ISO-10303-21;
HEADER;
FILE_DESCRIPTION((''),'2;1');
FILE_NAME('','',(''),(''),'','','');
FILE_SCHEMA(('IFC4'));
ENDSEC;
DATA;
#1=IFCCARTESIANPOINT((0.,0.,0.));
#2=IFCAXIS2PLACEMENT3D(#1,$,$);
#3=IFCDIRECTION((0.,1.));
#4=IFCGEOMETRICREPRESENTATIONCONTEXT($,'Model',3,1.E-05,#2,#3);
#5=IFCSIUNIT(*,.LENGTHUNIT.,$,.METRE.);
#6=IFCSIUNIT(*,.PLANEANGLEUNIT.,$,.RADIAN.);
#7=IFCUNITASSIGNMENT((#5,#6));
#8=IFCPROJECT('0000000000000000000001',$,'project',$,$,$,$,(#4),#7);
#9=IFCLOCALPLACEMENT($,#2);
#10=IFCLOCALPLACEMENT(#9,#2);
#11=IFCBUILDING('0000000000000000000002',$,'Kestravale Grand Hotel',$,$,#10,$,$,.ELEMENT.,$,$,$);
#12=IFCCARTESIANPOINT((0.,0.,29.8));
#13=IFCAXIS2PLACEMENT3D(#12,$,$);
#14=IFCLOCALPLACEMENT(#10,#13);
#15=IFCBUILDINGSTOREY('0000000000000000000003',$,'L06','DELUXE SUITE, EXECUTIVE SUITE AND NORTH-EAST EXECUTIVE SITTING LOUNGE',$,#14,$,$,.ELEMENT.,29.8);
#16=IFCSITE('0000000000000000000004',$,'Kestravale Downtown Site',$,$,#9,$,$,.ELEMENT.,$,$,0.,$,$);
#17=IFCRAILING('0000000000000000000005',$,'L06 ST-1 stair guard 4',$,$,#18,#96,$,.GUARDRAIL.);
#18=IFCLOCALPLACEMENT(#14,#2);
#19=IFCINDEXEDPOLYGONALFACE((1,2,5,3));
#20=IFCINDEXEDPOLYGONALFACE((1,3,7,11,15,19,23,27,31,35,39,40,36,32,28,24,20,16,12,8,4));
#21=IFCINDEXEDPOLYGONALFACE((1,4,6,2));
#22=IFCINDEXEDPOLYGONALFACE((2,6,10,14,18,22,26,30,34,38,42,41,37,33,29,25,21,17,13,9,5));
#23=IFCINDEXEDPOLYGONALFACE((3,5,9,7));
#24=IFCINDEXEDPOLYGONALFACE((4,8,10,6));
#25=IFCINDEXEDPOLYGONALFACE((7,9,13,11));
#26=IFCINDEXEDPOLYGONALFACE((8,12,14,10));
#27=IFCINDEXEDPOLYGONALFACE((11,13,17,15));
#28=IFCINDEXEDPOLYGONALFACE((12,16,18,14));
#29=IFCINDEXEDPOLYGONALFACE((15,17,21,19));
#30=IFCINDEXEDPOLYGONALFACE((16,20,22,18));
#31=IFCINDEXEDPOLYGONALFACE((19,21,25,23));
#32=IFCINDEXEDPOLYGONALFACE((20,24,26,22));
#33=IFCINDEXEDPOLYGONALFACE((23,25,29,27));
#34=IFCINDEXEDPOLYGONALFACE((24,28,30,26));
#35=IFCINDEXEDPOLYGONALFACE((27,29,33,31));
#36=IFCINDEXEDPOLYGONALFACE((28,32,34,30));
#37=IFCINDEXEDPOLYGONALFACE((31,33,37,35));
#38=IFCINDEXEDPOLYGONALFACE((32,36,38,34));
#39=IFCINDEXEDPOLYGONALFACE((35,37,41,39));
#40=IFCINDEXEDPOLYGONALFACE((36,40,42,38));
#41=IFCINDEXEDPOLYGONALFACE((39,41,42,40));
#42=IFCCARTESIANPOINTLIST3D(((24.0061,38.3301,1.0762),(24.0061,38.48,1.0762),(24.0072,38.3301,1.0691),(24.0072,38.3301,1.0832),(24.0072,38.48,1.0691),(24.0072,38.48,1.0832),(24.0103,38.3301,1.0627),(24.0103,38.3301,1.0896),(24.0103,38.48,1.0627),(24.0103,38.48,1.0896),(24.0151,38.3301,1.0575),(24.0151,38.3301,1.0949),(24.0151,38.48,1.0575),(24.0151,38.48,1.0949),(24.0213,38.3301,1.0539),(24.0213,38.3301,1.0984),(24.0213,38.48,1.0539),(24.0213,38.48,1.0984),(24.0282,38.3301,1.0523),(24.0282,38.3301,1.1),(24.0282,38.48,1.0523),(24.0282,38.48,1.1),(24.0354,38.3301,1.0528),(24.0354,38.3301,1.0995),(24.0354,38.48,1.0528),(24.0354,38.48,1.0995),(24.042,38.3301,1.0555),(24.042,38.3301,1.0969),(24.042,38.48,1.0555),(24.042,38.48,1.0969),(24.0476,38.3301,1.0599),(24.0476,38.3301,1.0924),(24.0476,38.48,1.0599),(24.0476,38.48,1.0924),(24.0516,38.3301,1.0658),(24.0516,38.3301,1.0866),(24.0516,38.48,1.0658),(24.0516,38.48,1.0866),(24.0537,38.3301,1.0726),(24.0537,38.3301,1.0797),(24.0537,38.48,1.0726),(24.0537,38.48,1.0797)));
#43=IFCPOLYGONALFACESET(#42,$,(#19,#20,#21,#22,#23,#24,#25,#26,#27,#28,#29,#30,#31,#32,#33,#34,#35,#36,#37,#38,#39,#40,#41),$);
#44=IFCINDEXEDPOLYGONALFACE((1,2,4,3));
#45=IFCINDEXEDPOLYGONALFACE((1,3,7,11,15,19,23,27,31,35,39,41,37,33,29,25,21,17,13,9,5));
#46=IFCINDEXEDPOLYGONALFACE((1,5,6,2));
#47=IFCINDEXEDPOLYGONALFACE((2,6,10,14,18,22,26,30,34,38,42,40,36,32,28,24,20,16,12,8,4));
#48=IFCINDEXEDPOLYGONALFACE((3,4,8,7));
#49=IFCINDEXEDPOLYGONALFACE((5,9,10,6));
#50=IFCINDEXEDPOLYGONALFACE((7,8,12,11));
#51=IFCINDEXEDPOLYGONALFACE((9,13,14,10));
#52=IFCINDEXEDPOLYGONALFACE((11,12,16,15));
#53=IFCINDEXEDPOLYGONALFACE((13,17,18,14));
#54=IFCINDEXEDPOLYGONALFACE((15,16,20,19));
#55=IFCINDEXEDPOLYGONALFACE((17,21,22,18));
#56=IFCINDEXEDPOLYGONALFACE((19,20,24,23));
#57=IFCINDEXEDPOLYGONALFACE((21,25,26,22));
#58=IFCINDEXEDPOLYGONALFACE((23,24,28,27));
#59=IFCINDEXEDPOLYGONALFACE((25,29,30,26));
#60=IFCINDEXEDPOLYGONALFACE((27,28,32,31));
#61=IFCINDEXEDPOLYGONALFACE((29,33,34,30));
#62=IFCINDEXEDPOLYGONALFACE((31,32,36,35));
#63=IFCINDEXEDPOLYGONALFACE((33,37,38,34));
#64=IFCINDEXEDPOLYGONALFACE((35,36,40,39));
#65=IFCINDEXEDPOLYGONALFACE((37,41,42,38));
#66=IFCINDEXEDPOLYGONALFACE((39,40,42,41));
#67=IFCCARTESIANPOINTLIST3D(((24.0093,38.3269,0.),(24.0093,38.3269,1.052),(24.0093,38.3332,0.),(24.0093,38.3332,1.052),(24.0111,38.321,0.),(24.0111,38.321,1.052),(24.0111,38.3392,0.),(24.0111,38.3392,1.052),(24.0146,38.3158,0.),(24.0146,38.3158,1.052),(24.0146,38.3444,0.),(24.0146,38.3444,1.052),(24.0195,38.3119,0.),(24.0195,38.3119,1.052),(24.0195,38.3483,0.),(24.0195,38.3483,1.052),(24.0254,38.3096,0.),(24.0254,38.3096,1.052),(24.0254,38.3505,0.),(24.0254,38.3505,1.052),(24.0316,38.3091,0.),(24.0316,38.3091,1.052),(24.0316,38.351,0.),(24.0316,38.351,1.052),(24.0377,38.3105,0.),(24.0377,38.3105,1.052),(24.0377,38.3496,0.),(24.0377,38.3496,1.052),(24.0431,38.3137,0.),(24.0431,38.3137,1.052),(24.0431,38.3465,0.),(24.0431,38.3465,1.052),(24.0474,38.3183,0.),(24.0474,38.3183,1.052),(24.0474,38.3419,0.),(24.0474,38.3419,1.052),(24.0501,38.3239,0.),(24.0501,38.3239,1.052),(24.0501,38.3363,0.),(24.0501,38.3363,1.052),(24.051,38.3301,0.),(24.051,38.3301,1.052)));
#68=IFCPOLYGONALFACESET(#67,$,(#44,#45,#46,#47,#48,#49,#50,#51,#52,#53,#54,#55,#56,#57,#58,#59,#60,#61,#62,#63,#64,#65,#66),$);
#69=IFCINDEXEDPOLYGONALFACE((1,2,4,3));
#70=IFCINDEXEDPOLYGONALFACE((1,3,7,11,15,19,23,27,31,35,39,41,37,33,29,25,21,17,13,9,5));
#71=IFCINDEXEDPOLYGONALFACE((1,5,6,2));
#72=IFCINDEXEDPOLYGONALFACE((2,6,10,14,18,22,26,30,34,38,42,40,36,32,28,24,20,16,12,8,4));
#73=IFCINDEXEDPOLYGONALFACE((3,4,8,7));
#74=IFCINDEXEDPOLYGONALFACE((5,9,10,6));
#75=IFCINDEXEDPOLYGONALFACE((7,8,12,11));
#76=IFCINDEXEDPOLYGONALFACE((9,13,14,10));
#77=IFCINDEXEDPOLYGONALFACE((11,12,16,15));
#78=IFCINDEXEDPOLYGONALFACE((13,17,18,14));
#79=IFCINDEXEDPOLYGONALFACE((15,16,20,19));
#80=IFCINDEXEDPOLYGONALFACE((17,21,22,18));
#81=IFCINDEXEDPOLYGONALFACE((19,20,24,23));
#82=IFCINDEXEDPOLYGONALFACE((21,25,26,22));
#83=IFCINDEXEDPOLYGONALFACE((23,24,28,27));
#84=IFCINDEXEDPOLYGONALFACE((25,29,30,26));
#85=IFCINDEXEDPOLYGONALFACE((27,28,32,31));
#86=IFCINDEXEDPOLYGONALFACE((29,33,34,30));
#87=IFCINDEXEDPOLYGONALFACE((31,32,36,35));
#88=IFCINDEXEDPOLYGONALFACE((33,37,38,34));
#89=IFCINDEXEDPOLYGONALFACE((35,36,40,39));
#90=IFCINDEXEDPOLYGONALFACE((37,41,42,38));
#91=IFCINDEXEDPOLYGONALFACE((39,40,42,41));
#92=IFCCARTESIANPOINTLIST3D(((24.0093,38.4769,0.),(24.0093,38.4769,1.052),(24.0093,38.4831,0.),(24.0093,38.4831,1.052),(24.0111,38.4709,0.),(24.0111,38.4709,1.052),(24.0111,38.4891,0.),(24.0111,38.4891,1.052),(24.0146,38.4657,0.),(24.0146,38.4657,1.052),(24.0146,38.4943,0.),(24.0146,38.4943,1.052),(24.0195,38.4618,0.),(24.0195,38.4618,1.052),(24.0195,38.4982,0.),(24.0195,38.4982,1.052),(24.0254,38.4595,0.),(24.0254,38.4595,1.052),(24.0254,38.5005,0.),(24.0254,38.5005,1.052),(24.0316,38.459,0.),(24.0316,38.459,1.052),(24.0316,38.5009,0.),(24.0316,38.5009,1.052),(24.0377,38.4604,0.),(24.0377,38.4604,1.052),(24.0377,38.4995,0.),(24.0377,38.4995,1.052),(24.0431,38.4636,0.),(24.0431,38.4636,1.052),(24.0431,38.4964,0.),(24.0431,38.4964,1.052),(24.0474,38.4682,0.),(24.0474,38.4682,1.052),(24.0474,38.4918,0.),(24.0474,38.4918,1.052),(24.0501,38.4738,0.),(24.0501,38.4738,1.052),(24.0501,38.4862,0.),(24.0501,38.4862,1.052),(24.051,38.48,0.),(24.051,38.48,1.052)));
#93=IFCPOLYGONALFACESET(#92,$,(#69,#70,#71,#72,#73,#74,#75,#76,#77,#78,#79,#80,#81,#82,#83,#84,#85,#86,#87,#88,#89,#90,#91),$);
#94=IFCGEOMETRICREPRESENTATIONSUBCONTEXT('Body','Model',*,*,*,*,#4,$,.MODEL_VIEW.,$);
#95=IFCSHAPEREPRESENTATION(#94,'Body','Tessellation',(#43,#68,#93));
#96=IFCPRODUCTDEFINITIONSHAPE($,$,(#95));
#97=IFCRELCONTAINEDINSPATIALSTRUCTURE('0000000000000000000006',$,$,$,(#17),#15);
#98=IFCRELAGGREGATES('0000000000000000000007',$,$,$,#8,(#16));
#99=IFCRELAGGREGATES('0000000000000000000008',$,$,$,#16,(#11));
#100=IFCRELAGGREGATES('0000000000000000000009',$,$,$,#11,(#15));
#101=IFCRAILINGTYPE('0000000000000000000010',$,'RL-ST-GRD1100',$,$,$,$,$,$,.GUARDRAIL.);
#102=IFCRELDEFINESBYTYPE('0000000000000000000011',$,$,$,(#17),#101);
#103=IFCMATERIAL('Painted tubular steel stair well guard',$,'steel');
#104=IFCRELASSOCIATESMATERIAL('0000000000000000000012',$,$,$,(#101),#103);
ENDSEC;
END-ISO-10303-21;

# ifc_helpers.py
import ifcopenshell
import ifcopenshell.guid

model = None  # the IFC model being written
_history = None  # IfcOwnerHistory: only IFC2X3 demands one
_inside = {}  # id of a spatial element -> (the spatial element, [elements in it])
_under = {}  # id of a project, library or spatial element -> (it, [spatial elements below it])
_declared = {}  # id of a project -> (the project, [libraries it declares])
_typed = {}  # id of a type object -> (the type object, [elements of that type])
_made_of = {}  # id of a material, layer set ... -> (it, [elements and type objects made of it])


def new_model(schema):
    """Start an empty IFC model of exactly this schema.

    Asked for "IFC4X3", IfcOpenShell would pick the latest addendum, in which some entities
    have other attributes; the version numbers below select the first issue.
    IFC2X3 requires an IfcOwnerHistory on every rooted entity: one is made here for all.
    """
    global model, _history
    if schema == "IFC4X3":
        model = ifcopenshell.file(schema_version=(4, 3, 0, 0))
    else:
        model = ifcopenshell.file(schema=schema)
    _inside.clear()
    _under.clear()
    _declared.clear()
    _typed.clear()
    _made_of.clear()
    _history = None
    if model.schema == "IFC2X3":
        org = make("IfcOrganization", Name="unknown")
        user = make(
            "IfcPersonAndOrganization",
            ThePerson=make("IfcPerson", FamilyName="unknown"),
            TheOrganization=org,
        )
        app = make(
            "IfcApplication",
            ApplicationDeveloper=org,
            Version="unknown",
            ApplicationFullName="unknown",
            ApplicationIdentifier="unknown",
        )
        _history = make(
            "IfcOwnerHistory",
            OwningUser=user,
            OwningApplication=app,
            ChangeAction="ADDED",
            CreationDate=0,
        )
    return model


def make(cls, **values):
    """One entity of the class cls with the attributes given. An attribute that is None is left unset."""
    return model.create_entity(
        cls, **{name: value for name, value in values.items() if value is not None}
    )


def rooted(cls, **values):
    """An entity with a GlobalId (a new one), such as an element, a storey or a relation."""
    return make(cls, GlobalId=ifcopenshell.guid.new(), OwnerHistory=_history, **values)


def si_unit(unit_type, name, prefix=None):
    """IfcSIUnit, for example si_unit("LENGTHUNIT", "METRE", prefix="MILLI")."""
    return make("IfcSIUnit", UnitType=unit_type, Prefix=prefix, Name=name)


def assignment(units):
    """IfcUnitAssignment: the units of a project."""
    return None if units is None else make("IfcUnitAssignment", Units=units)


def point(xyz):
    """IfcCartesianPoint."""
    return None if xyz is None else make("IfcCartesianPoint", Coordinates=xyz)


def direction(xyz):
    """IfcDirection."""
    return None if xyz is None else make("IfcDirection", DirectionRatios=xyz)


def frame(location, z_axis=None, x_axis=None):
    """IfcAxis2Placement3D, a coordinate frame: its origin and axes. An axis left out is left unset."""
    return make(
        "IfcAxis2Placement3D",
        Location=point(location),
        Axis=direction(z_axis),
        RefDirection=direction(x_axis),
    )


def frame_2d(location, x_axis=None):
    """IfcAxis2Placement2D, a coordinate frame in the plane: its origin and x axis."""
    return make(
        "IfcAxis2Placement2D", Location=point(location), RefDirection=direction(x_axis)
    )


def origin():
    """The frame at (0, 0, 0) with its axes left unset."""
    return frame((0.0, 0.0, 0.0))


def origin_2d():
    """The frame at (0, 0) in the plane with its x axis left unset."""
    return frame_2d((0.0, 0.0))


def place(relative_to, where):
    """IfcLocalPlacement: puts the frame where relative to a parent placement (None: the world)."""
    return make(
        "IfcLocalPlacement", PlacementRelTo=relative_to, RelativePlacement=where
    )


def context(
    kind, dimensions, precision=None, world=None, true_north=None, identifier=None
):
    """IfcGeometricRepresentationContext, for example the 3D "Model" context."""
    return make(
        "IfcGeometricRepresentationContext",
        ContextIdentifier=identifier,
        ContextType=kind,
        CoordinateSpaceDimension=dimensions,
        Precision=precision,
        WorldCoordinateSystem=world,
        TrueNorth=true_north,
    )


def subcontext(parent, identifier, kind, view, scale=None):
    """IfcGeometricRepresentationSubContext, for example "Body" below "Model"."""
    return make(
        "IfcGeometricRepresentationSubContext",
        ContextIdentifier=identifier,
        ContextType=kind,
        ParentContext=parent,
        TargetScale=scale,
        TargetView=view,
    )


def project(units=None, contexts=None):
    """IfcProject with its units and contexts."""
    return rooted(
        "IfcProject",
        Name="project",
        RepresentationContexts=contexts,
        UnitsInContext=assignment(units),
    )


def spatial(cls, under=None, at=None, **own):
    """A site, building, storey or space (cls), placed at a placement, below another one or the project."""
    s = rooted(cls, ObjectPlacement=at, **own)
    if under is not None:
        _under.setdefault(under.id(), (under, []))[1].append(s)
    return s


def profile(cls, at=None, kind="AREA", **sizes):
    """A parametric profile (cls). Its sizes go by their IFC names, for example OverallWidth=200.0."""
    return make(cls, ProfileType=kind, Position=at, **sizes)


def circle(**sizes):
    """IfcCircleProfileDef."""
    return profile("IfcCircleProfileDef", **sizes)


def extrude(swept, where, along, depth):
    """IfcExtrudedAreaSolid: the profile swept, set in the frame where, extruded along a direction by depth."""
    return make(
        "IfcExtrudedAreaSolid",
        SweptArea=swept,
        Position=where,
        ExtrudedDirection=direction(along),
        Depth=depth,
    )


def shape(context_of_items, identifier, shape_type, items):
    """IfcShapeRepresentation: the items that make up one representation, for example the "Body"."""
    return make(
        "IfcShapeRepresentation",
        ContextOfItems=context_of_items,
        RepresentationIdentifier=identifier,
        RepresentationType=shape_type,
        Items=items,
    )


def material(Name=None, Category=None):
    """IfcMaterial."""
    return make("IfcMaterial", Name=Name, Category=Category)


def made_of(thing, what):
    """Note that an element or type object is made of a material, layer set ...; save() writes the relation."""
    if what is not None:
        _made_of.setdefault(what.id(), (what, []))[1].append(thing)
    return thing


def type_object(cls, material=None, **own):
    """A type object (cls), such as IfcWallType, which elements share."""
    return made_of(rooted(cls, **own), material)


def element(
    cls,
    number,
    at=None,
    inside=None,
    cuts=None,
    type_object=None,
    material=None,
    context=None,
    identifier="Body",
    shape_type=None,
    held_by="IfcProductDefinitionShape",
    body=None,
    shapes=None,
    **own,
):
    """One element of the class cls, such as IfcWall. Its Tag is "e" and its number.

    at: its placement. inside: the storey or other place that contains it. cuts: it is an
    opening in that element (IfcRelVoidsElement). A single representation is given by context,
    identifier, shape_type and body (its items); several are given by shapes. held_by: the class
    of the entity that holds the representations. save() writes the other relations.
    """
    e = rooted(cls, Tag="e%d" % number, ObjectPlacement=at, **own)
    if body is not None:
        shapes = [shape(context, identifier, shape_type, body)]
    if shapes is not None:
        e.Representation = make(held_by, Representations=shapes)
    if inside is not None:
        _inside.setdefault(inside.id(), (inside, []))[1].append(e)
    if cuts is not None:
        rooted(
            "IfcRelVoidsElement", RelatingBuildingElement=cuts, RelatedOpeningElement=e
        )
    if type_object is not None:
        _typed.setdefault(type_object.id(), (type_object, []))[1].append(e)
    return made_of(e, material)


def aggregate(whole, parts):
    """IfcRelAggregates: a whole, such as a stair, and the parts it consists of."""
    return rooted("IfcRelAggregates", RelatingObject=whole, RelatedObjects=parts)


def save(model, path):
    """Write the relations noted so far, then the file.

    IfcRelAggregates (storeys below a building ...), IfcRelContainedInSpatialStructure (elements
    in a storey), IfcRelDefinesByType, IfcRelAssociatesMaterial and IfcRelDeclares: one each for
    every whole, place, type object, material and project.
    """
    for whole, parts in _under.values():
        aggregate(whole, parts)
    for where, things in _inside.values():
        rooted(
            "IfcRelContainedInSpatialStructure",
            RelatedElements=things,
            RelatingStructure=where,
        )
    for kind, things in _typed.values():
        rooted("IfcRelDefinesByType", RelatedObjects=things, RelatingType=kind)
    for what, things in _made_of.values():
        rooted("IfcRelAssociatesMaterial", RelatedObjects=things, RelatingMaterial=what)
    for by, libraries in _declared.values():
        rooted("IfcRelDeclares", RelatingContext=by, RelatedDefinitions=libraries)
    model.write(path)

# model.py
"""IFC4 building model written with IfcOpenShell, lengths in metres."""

from ifc_helpers import new_model, si_unit, direction, frame, origin, origin_2d, place, context, subcontext, project, spatial, circle, extrude, material, type_object, element, save


model = new_model("IFC4")

# Units and contexts
model_context = context("Model", 3, precision=1e-05, world=origin(), true_north=direction((0.0, 1.0)))
body_context = subcontext(model_context, "Body", "Model", "MODEL_VIEW")
ifc_project = project(units=[si_unit("LENGTHUNIT", "METRE"), si_unit("PLANEANGLEUNIT", "RADIAN")], contexts=[model_context])

# Site, building, storey
site_placement = place(None, origin())
site = spatial("IfcSite", under=ifc_project, at=site_placement, Name="Kestravale Downtown Site", CompositionType="ELEMENT", RefElevation=0.0)
building_placement = place(site_placement, origin())
building = spatial("IfcBuilding", under=site, at=building_placement, Name="Kestravale Grand Hotel", CompositionType="ELEMENT")
storey_placement = place(building_placement, frame((0.0, 0.0, 29.8)))
storey = spatial("IfcBuildingStorey", under=building, at=storey_placement, Name="L06", Description="DELUXE SUITE, EXECUTIVE SUITE AND NORTH-EAST EXECUTIVE SITTING LOUNGE", CompositionType="ELEMENT", Elevation=29.8)

# Railing
ifc_material_1 = material(Name="Painted tubular steel stair well guard", Category="steel")
railing_type_1 = type_object("IfcRailingType", Name="RL-ST-GRD1100", PredefinedType="GUARDRAIL", material=ifc_material_1)
railing_1_placement = place(storey_placement, frame((24.03, 38.3301, 0.0)))
element("IfcRailing", 1, at=railing_1_placement, inside=storey, type_object=railing_type_1, Name="L06 ST-1 stair guard 4", PredefinedType="GUARDRAIL", context=body_context, shape_type="SweptSolid", body=[
    extrude(circle(Radius=0.0239, at=origin_2d()), frame((0.0, 0.0, 1.0762), z_axis=(0.0, 1.0, 0.0), x_axis=(-1.0, 0.0, 0.0)), (0.0, 0.0, 1.0), 0.1499),
    extrude(circle(Radius=0.021, at=origin_2d()), origin(), (0.0, 0.0, 1.0), 1.052),
    extrude(circle(Radius=0.021, at=origin_2d()), frame((0.0, 0.1499, 0.0)), (0.0, 0.0, 1.0), 1.052),
])

save(model, "model.ifc")
